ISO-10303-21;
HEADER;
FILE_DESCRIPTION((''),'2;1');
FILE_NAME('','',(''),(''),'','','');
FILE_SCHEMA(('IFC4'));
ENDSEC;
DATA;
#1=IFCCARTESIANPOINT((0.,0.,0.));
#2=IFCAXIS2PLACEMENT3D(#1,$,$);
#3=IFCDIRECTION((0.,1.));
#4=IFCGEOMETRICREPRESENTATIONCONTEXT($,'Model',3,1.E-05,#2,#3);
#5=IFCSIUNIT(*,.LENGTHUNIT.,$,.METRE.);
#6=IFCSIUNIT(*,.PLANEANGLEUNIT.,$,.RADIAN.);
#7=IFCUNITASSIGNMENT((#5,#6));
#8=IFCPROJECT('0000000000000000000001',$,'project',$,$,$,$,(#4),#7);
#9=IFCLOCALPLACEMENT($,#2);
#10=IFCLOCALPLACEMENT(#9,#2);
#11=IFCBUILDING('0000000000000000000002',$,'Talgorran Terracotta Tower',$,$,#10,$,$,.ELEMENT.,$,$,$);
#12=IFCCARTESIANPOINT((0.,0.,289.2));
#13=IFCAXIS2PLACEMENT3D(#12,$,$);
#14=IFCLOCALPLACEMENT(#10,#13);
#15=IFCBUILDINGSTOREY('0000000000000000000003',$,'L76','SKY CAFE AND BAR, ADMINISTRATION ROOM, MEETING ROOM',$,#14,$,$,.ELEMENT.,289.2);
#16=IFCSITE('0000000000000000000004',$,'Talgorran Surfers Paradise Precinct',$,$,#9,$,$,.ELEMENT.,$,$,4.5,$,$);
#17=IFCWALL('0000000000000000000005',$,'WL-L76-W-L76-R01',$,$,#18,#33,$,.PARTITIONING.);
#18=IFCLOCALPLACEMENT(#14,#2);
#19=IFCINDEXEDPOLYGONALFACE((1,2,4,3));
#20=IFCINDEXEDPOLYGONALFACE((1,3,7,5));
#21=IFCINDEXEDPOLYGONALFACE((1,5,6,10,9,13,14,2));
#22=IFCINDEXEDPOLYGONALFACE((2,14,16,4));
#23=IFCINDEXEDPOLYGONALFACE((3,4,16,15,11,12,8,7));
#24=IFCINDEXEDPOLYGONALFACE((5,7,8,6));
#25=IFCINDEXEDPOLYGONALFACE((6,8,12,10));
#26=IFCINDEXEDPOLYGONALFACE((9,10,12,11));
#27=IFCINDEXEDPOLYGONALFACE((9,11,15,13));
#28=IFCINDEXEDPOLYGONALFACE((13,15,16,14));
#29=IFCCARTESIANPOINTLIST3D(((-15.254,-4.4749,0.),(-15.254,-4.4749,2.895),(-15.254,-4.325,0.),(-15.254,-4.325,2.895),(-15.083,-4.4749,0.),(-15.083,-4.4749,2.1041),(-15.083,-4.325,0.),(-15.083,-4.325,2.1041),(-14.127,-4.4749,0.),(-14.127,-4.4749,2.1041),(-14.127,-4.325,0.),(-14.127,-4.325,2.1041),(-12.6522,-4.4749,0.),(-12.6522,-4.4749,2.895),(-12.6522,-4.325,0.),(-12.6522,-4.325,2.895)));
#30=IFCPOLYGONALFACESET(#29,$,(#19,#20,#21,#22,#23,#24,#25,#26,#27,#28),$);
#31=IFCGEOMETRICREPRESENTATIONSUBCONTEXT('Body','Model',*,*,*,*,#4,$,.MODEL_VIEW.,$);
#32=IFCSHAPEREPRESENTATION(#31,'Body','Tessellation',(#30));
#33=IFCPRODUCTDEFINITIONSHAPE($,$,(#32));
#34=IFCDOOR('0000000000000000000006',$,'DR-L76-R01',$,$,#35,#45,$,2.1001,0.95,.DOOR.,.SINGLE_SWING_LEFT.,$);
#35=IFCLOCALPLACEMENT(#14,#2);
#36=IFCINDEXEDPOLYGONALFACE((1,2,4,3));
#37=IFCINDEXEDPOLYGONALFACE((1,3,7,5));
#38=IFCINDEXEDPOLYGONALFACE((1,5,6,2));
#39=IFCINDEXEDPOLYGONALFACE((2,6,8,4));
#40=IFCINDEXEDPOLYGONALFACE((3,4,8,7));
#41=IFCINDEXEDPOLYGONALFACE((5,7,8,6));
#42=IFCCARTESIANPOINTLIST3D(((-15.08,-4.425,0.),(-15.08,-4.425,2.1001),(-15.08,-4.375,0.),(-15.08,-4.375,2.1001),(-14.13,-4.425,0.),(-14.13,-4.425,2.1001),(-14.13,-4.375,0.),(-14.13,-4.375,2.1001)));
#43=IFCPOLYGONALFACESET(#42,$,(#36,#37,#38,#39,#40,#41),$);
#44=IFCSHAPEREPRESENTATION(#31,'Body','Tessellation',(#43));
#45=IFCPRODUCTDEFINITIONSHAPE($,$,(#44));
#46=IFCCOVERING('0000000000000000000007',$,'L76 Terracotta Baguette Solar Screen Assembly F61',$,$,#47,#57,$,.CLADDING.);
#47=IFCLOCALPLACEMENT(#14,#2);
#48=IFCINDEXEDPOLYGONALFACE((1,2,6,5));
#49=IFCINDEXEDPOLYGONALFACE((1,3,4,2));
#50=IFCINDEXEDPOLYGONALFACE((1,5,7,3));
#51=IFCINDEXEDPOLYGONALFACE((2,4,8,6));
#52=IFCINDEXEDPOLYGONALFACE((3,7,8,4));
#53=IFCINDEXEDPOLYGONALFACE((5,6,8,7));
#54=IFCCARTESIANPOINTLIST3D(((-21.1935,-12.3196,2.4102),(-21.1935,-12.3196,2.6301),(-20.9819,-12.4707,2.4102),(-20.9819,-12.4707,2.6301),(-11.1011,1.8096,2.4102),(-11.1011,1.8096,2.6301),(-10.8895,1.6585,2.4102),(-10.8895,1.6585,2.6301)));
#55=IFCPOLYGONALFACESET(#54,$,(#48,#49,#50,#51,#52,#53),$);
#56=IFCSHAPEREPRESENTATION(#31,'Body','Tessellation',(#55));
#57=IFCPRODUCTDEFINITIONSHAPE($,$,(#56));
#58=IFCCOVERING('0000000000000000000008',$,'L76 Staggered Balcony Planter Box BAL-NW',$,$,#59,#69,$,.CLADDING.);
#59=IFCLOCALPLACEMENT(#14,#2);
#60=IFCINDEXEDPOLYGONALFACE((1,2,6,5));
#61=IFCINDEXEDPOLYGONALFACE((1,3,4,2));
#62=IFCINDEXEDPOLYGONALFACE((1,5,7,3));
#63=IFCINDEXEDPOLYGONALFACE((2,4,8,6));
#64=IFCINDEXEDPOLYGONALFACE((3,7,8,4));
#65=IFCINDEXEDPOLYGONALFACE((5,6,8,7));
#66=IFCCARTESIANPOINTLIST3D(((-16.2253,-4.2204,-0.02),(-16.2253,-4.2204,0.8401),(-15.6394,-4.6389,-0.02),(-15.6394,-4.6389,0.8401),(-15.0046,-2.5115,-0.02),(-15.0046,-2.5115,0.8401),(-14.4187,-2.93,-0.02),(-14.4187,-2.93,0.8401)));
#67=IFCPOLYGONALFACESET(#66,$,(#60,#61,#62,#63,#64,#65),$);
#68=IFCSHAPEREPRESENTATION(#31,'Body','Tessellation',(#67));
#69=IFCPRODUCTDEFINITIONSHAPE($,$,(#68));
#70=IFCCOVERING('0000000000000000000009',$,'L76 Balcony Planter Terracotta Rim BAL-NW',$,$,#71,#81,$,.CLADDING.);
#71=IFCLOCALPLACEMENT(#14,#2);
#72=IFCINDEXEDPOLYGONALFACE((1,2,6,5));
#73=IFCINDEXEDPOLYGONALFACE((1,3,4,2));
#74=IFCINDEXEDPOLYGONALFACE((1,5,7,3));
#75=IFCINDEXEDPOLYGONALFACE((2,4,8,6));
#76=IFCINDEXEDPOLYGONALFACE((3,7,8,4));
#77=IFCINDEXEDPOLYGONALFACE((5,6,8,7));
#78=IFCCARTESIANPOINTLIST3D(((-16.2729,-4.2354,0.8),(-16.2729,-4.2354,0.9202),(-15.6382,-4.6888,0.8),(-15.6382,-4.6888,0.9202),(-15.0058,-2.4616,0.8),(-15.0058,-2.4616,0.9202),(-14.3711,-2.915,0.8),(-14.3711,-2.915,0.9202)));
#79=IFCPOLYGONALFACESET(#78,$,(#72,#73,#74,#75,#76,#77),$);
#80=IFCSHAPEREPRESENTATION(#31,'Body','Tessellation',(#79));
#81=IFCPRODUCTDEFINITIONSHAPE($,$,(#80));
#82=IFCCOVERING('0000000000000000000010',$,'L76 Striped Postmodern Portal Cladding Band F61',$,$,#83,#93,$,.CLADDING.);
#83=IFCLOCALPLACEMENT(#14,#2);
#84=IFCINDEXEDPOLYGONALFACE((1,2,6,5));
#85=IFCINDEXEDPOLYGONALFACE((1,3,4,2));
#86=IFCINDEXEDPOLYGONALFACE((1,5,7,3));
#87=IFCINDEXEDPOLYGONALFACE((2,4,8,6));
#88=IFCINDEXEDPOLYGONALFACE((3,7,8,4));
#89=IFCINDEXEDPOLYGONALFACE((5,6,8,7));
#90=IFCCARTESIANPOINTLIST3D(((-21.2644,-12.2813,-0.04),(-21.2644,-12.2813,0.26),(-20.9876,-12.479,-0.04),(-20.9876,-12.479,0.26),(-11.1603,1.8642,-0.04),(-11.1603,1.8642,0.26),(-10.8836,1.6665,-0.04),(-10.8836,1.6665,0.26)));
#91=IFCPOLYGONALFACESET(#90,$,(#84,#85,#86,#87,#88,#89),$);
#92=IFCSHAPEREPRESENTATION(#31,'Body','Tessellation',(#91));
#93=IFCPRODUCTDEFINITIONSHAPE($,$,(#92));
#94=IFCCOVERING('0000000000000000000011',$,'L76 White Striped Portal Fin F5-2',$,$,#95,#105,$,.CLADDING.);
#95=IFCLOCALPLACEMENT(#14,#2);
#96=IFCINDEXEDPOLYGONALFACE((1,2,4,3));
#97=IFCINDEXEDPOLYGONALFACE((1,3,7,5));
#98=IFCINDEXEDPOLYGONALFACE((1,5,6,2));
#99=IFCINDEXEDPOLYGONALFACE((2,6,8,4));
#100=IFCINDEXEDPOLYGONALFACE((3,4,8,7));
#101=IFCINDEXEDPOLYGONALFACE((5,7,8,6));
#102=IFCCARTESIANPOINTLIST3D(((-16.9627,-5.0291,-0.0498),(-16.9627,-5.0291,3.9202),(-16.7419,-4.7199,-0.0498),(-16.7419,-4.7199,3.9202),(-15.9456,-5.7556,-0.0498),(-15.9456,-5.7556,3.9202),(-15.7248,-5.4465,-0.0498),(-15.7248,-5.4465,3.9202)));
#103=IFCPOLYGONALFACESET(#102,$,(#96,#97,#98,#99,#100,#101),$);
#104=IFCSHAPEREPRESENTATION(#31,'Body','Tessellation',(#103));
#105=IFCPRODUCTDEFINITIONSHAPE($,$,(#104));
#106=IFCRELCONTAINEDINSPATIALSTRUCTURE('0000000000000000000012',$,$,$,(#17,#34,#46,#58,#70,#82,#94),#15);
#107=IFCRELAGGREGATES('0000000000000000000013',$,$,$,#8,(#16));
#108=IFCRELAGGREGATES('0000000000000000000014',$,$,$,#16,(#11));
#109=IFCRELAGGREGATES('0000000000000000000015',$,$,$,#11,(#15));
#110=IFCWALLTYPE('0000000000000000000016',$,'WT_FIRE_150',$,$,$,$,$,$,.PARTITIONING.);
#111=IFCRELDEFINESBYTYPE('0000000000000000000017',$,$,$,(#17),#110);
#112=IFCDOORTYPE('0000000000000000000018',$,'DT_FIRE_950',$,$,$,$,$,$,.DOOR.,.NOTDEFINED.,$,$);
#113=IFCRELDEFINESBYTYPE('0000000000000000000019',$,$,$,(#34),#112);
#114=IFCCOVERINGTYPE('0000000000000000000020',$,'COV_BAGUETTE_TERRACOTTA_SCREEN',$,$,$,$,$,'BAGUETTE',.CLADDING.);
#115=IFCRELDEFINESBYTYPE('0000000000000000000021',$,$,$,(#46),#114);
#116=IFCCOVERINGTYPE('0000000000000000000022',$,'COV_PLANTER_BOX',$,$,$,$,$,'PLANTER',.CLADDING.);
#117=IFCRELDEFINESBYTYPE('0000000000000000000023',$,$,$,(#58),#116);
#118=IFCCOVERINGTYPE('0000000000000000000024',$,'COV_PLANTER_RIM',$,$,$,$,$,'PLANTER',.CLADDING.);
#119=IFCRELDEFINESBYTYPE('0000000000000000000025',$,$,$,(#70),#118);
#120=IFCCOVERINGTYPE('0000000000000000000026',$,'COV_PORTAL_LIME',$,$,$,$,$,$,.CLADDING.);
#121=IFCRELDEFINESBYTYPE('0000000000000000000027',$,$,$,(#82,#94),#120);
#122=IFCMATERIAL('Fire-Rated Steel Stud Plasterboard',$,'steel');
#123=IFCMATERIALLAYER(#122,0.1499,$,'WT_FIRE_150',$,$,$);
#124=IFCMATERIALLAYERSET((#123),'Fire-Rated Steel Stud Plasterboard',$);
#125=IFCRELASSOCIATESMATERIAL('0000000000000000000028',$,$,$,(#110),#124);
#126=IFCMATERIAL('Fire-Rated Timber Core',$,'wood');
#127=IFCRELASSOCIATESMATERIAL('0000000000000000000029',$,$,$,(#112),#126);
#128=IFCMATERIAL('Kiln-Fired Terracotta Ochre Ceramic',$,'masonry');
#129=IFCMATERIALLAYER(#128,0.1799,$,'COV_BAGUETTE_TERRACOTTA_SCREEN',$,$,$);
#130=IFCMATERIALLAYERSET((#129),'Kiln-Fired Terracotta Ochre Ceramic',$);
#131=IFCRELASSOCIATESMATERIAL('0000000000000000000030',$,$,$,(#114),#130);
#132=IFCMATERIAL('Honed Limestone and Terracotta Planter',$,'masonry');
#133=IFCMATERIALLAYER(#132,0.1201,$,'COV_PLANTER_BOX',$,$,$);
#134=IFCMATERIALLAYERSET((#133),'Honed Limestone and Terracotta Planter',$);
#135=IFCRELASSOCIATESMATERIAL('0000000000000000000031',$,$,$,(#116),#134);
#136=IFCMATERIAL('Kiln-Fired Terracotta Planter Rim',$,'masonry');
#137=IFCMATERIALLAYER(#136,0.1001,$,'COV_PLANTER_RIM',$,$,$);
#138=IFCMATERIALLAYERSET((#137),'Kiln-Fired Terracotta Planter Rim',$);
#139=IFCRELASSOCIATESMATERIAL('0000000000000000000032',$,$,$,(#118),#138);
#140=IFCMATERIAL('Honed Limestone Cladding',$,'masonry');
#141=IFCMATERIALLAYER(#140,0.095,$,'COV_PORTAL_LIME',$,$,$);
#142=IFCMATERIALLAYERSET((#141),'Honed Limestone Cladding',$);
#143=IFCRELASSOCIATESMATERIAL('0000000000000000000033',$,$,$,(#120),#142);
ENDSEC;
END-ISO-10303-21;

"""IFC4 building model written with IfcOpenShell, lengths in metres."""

from ifc_helpers import new_model, si_unit, direction, frame, frame_2d, origin, origin_2d, place, context, subcontext, project, spatial, rectangle, extrude, material, layer, layer_set, type_object, element, fill, save


model = new_model("IFC4")

# Units and contexts
model_context = context("Model", 3, precision=1e-05, world=origin(), true_north=direction((0.0, 1.0)))
body_context = subcontext(model_context, "Body", "Model", "MODEL_VIEW")
ifc_project = project(units=[si_unit("LENGTHUNIT", "METRE"), si_unit("PLANEANGLEUNIT", "RADIAN")], contexts=[model_context])

# Site, building, storey
site_placement = place(None, origin())
site = spatial("IfcSite", under=ifc_project, at=site_placement, Name="Talgorran Surfers Paradise Precinct", CompositionType="ELEMENT", RefElevation=4.5)
building_placement = place(site_placement, origin())
building = spatial("IfcBuilding", under=site, at=building_placement, Name="Talgorran Terracotta Tower", CompositionType="ELEMENT")
storey_placement = place(building_placement, frame((0.0, 0.0, 289.2)))
storey = spatial("IfcBuildingStorey", under=building, at=storey_placement, Name="L76", Description="SKY CAFE AND BAR, ADMINISTRATION ROOM, MEETING ROOM", CompositionType="ELEMENT", Elevation=289.2)

# Wall, opening, door
ifc_material_1 = material(Name="Fire-Rated Steel Stud Plasterboard", Category="steel")
ifc_layer_1 = layer(ifc_material_1, 0.1499, Name="WT_FIRE_150")
ifc_layer_set_1 = layer_set([ifc_layer_1], Name="Fire-Rated Steel Stud Plasterboard")
wall_type_1 = type_object("IfcWallType", Name="WT_FIRE_150", PredefinedType="PARTITIONING", material=ifc_layer_set_1)
ifc_material_2 = material(Name="Fire-Rated Timber Core", Category="wood")
door_type_1 = type_object("IfcDoorType", Name="DT_FIRE_950", OperationType="NOTDEFINED", PredefinedType="DOOR", material=ifc_material_2)
wall_1_placement = place(storey_placement, frame((-15.2539, -4.3999, 0.0), z_axis=(0.0, 0.0, 1.0), x_axis=(1.0, 0.0, 0.0)))
wall_1 = element("IfcWall", 1, at=wall_1_placement, inside=storey, type_object=wall_type_1, Name="WL-L76-W-L76-R01", PredefinedType="PARTITIONING", context=body_context, shape_type="SweptSolid", body=[
    extrude(rectangle(XDim=2.6018, YDim=0.1499, at=frame_2d((1.3008, 0.0))), origin(), (0.0, 0.0, 1.0), 2.895),
])
opening_1_placement = place(wall_1_placement, frame((0.1738, 0.0, 0.0)))
opening_1 = element("IfcOpeningElement", 2, at=opening_1_placement, cuts=wall_1, PredefinedType="OPENING", context=body_context, shape_type="SweptSolid", body=[
    extrude(rectangle(XDim=0.956, YDim=2.1041, at=frame_2d((0.4751, 1.052))), frame((0.0, 0.085, 0.0), z_axis=(0.0, -1.0, 0.0), x_axis=(1.0, 0.0, 0.0)), (0.0, 0.0, 1.0), 0.1699),
])
door_1_placement = place(opening_1_placement, origin())
door_1 = element("IfcDoor", 3, at=door_1_placement, inside=storey, type_object=door_type_1, Name="DR-L76-R01", OperationType="SINGLE_SWING_LEFT", OverallHeight=2.1001, OverallWidth=0.95, PredefinedType="DOOR", context=body_context, shape_type="SweptSolid", body=[
    extrude(rectangle(XDim=0.95, YDim=2.1001, at=frame_2d((0.4751, 1.05))), frame((0.0, 0.0249, 0.0), z_axis=(0.0, -1.0, 0.0), x_axis=(1.0, 0.0, 0.0)), (0.0, 0.0, 1.0), 0.05),
])
fill(opening_1, door_1)

# Coverings
ifc_material_3 = material(Name="Kiln-Fired Terracotta Ochre Ceramic", Category="masonry")
ifc_layer_2 = layer(ifc_material_3, 0.1799, Name="COV_BAGUETTE_TERRACOTTA_SCREEN")
ifc_layer_set_2 = layer_set([ifc_layer_2], Name="Kiln-Fired Terracotta Ochre Ceramic")
covering_type_1 = type_object("IfcCoveringType", Name="COV_BAGUETTE_TERRACOTTA_SCREEN", ElementType="BAGUETTE", PredefinedType="CLADDING", material=ifc_layer_set_2)
covering_1_placement = place(storey_placement, frame((-16.0415, -5.3306, 2.4102), z_axis=(0.0, 0.0, 1.0), x_axis=(-0.581243, -0.81373, 0.0)))
element("IfcCovering", 4, at=covering_1_placement, inside=storey, type_object=covering_type_1, Name="L76 Terracotta Baguette Solar Screen Assembly F61", PredefinedType="CLADDING", context=body_context, shape_type="SweptSolid", body=[
    extrude(rectangle(XDim=17.3635, YDim=0.26, at=origin_2d()), origin(), (0.0, 0.0, 1.0), 0.22),
])
ifc_material_4 = material(Name="Honed Limestone and Terracotta Planter", Category="masonry")
ifc_layer_3 = layer(ifc_material_4, 0.1201, Name="COV_PLANTER_BOX")
ifc_layer_set_3 = layer_set([ifc_layer_3], Name="Honed Limestone and Terracotta Planter")
covering_type_2 = type_object("IfcCoveringType", Name="COV_PLANTER_BOX", ElementType="PLANTER", PredefinedType="CLADDING", material=ifc_layer_set_3)
covering_2_placement = place(storey_placement, frame((-15.322, -3.5752, -0.02), z_axis=(0.0, 0.0, 1.0), x_axis=(-0.581257, -0.81372, 0.0)))
element("IfcCovering", 5, at=covering_2_placement, inside=storey, type_object=covering_type_2, Name="L76 Staggered Balcony Planter Box BAL-NW", PredefinedType="CLADDING", context=body_context, shape_type="SweptSolid", body=[
    extrude(rectangle(XDim=2.1001, YDim=0.72, at=origin_2d()), origin(), (0.0, 0.0, 1.0), 0.8601),
])
ifc_material_5 = material(Name="Kiln-Fired Terracotta Planter Rim", Category="masonry")
ifc_layer_4 = layer(ifc_material_5, 0.1001, Name="COV_PLANTER_RIM")
ifc_layer_set_4 = layer_set([ifc_layer_4], Name="Kiln-Fired Terracotta Planter Rim")
covering_type_3 = type_object("IfcCoveringType", Name="COV_PLANTER_RIM", ElementType="PLANTER", PredefinedType="CLADDING", material=ifc_layer_set_4)
covering_3_placement = place(storey_placement, frame((-15.322, -3.5752, 0.8), z_axis=(0.0, 0.0, 1.0), x_axis=(-0.581257, -0.81372, 0.0)))
element("IfcCovering", 6, at=covering_3_placement, inside=storey, type_object=covering_type_3, Name="L76 Balcony Planter Terracotta Rim BAL-NW", PredefinedType="CLADDING", context=body_context, shape_type="SweptSolid", body=[
    extrude(rectangle(XDim=2.1799, YDim=0.78, at=origin_2d()), origin(), (0.0, 0.0, 1.0), 0.1201),
])
ifc_material_6 = material(Name="Honed Limestone Cladding", Category="masonry")
ifc_layer_5 = layer(ifc_material_6, 0.095, Name="COV_PORTAL_LIME")
ifc_layer_set_5 = layer_set([ifc_layer_5], Name="Honed Limestone Cladding")
covering_type_4 = type_object("IfcCoveringType", Name="COV_PORTAL_LIME", PredefinedType="CLADDING", material=ifc_layer_set_5)
covering_4_placement = place(storey_placement, frame((-16.074, -5.3074, -0.04), z_axis=(0.0, 0.0, 1.0), x_axis=(-0.581243, -0.81373, 0.0)))
element("IfcCovering", 7, at=covering_4_placement, inside=storey, type_object=covering_type_4, Name="L76 Striped Postmodern Portal Cladding Band F61", PredefinedType="CLADDING", context=body_context, shape_type="SweptSolid", body=[
    extrude(rectangle(XDim=17.3835, YDim=0.3401, at=origin_2d()), origin(), (0.0, 0.0, 1.0), 0.3),
])
covering_5_placement = place(storey_placement, frame((-16.3438, -5.2378, -0.0498), z_axis=(0.0, 0.0, 1.0), x_axis=(-0.581257, -0.81372, 0.0)))
element("IfcCovering", 8, at=covering_5_placement, inside=storey, type_object=covering_type_4, Name="L76 White Striped Portal Fin F5-2", PredefinedType="CLADDING", context=body_context, shape_type="SweptSolid", body=[
    extrude(rectangle(XDim=0.3799, YDim=1.25, at=origin_2d()), origin(), (0.0, 0.0, 1.0), 3.97),
])

save(model, "model.ifc")
